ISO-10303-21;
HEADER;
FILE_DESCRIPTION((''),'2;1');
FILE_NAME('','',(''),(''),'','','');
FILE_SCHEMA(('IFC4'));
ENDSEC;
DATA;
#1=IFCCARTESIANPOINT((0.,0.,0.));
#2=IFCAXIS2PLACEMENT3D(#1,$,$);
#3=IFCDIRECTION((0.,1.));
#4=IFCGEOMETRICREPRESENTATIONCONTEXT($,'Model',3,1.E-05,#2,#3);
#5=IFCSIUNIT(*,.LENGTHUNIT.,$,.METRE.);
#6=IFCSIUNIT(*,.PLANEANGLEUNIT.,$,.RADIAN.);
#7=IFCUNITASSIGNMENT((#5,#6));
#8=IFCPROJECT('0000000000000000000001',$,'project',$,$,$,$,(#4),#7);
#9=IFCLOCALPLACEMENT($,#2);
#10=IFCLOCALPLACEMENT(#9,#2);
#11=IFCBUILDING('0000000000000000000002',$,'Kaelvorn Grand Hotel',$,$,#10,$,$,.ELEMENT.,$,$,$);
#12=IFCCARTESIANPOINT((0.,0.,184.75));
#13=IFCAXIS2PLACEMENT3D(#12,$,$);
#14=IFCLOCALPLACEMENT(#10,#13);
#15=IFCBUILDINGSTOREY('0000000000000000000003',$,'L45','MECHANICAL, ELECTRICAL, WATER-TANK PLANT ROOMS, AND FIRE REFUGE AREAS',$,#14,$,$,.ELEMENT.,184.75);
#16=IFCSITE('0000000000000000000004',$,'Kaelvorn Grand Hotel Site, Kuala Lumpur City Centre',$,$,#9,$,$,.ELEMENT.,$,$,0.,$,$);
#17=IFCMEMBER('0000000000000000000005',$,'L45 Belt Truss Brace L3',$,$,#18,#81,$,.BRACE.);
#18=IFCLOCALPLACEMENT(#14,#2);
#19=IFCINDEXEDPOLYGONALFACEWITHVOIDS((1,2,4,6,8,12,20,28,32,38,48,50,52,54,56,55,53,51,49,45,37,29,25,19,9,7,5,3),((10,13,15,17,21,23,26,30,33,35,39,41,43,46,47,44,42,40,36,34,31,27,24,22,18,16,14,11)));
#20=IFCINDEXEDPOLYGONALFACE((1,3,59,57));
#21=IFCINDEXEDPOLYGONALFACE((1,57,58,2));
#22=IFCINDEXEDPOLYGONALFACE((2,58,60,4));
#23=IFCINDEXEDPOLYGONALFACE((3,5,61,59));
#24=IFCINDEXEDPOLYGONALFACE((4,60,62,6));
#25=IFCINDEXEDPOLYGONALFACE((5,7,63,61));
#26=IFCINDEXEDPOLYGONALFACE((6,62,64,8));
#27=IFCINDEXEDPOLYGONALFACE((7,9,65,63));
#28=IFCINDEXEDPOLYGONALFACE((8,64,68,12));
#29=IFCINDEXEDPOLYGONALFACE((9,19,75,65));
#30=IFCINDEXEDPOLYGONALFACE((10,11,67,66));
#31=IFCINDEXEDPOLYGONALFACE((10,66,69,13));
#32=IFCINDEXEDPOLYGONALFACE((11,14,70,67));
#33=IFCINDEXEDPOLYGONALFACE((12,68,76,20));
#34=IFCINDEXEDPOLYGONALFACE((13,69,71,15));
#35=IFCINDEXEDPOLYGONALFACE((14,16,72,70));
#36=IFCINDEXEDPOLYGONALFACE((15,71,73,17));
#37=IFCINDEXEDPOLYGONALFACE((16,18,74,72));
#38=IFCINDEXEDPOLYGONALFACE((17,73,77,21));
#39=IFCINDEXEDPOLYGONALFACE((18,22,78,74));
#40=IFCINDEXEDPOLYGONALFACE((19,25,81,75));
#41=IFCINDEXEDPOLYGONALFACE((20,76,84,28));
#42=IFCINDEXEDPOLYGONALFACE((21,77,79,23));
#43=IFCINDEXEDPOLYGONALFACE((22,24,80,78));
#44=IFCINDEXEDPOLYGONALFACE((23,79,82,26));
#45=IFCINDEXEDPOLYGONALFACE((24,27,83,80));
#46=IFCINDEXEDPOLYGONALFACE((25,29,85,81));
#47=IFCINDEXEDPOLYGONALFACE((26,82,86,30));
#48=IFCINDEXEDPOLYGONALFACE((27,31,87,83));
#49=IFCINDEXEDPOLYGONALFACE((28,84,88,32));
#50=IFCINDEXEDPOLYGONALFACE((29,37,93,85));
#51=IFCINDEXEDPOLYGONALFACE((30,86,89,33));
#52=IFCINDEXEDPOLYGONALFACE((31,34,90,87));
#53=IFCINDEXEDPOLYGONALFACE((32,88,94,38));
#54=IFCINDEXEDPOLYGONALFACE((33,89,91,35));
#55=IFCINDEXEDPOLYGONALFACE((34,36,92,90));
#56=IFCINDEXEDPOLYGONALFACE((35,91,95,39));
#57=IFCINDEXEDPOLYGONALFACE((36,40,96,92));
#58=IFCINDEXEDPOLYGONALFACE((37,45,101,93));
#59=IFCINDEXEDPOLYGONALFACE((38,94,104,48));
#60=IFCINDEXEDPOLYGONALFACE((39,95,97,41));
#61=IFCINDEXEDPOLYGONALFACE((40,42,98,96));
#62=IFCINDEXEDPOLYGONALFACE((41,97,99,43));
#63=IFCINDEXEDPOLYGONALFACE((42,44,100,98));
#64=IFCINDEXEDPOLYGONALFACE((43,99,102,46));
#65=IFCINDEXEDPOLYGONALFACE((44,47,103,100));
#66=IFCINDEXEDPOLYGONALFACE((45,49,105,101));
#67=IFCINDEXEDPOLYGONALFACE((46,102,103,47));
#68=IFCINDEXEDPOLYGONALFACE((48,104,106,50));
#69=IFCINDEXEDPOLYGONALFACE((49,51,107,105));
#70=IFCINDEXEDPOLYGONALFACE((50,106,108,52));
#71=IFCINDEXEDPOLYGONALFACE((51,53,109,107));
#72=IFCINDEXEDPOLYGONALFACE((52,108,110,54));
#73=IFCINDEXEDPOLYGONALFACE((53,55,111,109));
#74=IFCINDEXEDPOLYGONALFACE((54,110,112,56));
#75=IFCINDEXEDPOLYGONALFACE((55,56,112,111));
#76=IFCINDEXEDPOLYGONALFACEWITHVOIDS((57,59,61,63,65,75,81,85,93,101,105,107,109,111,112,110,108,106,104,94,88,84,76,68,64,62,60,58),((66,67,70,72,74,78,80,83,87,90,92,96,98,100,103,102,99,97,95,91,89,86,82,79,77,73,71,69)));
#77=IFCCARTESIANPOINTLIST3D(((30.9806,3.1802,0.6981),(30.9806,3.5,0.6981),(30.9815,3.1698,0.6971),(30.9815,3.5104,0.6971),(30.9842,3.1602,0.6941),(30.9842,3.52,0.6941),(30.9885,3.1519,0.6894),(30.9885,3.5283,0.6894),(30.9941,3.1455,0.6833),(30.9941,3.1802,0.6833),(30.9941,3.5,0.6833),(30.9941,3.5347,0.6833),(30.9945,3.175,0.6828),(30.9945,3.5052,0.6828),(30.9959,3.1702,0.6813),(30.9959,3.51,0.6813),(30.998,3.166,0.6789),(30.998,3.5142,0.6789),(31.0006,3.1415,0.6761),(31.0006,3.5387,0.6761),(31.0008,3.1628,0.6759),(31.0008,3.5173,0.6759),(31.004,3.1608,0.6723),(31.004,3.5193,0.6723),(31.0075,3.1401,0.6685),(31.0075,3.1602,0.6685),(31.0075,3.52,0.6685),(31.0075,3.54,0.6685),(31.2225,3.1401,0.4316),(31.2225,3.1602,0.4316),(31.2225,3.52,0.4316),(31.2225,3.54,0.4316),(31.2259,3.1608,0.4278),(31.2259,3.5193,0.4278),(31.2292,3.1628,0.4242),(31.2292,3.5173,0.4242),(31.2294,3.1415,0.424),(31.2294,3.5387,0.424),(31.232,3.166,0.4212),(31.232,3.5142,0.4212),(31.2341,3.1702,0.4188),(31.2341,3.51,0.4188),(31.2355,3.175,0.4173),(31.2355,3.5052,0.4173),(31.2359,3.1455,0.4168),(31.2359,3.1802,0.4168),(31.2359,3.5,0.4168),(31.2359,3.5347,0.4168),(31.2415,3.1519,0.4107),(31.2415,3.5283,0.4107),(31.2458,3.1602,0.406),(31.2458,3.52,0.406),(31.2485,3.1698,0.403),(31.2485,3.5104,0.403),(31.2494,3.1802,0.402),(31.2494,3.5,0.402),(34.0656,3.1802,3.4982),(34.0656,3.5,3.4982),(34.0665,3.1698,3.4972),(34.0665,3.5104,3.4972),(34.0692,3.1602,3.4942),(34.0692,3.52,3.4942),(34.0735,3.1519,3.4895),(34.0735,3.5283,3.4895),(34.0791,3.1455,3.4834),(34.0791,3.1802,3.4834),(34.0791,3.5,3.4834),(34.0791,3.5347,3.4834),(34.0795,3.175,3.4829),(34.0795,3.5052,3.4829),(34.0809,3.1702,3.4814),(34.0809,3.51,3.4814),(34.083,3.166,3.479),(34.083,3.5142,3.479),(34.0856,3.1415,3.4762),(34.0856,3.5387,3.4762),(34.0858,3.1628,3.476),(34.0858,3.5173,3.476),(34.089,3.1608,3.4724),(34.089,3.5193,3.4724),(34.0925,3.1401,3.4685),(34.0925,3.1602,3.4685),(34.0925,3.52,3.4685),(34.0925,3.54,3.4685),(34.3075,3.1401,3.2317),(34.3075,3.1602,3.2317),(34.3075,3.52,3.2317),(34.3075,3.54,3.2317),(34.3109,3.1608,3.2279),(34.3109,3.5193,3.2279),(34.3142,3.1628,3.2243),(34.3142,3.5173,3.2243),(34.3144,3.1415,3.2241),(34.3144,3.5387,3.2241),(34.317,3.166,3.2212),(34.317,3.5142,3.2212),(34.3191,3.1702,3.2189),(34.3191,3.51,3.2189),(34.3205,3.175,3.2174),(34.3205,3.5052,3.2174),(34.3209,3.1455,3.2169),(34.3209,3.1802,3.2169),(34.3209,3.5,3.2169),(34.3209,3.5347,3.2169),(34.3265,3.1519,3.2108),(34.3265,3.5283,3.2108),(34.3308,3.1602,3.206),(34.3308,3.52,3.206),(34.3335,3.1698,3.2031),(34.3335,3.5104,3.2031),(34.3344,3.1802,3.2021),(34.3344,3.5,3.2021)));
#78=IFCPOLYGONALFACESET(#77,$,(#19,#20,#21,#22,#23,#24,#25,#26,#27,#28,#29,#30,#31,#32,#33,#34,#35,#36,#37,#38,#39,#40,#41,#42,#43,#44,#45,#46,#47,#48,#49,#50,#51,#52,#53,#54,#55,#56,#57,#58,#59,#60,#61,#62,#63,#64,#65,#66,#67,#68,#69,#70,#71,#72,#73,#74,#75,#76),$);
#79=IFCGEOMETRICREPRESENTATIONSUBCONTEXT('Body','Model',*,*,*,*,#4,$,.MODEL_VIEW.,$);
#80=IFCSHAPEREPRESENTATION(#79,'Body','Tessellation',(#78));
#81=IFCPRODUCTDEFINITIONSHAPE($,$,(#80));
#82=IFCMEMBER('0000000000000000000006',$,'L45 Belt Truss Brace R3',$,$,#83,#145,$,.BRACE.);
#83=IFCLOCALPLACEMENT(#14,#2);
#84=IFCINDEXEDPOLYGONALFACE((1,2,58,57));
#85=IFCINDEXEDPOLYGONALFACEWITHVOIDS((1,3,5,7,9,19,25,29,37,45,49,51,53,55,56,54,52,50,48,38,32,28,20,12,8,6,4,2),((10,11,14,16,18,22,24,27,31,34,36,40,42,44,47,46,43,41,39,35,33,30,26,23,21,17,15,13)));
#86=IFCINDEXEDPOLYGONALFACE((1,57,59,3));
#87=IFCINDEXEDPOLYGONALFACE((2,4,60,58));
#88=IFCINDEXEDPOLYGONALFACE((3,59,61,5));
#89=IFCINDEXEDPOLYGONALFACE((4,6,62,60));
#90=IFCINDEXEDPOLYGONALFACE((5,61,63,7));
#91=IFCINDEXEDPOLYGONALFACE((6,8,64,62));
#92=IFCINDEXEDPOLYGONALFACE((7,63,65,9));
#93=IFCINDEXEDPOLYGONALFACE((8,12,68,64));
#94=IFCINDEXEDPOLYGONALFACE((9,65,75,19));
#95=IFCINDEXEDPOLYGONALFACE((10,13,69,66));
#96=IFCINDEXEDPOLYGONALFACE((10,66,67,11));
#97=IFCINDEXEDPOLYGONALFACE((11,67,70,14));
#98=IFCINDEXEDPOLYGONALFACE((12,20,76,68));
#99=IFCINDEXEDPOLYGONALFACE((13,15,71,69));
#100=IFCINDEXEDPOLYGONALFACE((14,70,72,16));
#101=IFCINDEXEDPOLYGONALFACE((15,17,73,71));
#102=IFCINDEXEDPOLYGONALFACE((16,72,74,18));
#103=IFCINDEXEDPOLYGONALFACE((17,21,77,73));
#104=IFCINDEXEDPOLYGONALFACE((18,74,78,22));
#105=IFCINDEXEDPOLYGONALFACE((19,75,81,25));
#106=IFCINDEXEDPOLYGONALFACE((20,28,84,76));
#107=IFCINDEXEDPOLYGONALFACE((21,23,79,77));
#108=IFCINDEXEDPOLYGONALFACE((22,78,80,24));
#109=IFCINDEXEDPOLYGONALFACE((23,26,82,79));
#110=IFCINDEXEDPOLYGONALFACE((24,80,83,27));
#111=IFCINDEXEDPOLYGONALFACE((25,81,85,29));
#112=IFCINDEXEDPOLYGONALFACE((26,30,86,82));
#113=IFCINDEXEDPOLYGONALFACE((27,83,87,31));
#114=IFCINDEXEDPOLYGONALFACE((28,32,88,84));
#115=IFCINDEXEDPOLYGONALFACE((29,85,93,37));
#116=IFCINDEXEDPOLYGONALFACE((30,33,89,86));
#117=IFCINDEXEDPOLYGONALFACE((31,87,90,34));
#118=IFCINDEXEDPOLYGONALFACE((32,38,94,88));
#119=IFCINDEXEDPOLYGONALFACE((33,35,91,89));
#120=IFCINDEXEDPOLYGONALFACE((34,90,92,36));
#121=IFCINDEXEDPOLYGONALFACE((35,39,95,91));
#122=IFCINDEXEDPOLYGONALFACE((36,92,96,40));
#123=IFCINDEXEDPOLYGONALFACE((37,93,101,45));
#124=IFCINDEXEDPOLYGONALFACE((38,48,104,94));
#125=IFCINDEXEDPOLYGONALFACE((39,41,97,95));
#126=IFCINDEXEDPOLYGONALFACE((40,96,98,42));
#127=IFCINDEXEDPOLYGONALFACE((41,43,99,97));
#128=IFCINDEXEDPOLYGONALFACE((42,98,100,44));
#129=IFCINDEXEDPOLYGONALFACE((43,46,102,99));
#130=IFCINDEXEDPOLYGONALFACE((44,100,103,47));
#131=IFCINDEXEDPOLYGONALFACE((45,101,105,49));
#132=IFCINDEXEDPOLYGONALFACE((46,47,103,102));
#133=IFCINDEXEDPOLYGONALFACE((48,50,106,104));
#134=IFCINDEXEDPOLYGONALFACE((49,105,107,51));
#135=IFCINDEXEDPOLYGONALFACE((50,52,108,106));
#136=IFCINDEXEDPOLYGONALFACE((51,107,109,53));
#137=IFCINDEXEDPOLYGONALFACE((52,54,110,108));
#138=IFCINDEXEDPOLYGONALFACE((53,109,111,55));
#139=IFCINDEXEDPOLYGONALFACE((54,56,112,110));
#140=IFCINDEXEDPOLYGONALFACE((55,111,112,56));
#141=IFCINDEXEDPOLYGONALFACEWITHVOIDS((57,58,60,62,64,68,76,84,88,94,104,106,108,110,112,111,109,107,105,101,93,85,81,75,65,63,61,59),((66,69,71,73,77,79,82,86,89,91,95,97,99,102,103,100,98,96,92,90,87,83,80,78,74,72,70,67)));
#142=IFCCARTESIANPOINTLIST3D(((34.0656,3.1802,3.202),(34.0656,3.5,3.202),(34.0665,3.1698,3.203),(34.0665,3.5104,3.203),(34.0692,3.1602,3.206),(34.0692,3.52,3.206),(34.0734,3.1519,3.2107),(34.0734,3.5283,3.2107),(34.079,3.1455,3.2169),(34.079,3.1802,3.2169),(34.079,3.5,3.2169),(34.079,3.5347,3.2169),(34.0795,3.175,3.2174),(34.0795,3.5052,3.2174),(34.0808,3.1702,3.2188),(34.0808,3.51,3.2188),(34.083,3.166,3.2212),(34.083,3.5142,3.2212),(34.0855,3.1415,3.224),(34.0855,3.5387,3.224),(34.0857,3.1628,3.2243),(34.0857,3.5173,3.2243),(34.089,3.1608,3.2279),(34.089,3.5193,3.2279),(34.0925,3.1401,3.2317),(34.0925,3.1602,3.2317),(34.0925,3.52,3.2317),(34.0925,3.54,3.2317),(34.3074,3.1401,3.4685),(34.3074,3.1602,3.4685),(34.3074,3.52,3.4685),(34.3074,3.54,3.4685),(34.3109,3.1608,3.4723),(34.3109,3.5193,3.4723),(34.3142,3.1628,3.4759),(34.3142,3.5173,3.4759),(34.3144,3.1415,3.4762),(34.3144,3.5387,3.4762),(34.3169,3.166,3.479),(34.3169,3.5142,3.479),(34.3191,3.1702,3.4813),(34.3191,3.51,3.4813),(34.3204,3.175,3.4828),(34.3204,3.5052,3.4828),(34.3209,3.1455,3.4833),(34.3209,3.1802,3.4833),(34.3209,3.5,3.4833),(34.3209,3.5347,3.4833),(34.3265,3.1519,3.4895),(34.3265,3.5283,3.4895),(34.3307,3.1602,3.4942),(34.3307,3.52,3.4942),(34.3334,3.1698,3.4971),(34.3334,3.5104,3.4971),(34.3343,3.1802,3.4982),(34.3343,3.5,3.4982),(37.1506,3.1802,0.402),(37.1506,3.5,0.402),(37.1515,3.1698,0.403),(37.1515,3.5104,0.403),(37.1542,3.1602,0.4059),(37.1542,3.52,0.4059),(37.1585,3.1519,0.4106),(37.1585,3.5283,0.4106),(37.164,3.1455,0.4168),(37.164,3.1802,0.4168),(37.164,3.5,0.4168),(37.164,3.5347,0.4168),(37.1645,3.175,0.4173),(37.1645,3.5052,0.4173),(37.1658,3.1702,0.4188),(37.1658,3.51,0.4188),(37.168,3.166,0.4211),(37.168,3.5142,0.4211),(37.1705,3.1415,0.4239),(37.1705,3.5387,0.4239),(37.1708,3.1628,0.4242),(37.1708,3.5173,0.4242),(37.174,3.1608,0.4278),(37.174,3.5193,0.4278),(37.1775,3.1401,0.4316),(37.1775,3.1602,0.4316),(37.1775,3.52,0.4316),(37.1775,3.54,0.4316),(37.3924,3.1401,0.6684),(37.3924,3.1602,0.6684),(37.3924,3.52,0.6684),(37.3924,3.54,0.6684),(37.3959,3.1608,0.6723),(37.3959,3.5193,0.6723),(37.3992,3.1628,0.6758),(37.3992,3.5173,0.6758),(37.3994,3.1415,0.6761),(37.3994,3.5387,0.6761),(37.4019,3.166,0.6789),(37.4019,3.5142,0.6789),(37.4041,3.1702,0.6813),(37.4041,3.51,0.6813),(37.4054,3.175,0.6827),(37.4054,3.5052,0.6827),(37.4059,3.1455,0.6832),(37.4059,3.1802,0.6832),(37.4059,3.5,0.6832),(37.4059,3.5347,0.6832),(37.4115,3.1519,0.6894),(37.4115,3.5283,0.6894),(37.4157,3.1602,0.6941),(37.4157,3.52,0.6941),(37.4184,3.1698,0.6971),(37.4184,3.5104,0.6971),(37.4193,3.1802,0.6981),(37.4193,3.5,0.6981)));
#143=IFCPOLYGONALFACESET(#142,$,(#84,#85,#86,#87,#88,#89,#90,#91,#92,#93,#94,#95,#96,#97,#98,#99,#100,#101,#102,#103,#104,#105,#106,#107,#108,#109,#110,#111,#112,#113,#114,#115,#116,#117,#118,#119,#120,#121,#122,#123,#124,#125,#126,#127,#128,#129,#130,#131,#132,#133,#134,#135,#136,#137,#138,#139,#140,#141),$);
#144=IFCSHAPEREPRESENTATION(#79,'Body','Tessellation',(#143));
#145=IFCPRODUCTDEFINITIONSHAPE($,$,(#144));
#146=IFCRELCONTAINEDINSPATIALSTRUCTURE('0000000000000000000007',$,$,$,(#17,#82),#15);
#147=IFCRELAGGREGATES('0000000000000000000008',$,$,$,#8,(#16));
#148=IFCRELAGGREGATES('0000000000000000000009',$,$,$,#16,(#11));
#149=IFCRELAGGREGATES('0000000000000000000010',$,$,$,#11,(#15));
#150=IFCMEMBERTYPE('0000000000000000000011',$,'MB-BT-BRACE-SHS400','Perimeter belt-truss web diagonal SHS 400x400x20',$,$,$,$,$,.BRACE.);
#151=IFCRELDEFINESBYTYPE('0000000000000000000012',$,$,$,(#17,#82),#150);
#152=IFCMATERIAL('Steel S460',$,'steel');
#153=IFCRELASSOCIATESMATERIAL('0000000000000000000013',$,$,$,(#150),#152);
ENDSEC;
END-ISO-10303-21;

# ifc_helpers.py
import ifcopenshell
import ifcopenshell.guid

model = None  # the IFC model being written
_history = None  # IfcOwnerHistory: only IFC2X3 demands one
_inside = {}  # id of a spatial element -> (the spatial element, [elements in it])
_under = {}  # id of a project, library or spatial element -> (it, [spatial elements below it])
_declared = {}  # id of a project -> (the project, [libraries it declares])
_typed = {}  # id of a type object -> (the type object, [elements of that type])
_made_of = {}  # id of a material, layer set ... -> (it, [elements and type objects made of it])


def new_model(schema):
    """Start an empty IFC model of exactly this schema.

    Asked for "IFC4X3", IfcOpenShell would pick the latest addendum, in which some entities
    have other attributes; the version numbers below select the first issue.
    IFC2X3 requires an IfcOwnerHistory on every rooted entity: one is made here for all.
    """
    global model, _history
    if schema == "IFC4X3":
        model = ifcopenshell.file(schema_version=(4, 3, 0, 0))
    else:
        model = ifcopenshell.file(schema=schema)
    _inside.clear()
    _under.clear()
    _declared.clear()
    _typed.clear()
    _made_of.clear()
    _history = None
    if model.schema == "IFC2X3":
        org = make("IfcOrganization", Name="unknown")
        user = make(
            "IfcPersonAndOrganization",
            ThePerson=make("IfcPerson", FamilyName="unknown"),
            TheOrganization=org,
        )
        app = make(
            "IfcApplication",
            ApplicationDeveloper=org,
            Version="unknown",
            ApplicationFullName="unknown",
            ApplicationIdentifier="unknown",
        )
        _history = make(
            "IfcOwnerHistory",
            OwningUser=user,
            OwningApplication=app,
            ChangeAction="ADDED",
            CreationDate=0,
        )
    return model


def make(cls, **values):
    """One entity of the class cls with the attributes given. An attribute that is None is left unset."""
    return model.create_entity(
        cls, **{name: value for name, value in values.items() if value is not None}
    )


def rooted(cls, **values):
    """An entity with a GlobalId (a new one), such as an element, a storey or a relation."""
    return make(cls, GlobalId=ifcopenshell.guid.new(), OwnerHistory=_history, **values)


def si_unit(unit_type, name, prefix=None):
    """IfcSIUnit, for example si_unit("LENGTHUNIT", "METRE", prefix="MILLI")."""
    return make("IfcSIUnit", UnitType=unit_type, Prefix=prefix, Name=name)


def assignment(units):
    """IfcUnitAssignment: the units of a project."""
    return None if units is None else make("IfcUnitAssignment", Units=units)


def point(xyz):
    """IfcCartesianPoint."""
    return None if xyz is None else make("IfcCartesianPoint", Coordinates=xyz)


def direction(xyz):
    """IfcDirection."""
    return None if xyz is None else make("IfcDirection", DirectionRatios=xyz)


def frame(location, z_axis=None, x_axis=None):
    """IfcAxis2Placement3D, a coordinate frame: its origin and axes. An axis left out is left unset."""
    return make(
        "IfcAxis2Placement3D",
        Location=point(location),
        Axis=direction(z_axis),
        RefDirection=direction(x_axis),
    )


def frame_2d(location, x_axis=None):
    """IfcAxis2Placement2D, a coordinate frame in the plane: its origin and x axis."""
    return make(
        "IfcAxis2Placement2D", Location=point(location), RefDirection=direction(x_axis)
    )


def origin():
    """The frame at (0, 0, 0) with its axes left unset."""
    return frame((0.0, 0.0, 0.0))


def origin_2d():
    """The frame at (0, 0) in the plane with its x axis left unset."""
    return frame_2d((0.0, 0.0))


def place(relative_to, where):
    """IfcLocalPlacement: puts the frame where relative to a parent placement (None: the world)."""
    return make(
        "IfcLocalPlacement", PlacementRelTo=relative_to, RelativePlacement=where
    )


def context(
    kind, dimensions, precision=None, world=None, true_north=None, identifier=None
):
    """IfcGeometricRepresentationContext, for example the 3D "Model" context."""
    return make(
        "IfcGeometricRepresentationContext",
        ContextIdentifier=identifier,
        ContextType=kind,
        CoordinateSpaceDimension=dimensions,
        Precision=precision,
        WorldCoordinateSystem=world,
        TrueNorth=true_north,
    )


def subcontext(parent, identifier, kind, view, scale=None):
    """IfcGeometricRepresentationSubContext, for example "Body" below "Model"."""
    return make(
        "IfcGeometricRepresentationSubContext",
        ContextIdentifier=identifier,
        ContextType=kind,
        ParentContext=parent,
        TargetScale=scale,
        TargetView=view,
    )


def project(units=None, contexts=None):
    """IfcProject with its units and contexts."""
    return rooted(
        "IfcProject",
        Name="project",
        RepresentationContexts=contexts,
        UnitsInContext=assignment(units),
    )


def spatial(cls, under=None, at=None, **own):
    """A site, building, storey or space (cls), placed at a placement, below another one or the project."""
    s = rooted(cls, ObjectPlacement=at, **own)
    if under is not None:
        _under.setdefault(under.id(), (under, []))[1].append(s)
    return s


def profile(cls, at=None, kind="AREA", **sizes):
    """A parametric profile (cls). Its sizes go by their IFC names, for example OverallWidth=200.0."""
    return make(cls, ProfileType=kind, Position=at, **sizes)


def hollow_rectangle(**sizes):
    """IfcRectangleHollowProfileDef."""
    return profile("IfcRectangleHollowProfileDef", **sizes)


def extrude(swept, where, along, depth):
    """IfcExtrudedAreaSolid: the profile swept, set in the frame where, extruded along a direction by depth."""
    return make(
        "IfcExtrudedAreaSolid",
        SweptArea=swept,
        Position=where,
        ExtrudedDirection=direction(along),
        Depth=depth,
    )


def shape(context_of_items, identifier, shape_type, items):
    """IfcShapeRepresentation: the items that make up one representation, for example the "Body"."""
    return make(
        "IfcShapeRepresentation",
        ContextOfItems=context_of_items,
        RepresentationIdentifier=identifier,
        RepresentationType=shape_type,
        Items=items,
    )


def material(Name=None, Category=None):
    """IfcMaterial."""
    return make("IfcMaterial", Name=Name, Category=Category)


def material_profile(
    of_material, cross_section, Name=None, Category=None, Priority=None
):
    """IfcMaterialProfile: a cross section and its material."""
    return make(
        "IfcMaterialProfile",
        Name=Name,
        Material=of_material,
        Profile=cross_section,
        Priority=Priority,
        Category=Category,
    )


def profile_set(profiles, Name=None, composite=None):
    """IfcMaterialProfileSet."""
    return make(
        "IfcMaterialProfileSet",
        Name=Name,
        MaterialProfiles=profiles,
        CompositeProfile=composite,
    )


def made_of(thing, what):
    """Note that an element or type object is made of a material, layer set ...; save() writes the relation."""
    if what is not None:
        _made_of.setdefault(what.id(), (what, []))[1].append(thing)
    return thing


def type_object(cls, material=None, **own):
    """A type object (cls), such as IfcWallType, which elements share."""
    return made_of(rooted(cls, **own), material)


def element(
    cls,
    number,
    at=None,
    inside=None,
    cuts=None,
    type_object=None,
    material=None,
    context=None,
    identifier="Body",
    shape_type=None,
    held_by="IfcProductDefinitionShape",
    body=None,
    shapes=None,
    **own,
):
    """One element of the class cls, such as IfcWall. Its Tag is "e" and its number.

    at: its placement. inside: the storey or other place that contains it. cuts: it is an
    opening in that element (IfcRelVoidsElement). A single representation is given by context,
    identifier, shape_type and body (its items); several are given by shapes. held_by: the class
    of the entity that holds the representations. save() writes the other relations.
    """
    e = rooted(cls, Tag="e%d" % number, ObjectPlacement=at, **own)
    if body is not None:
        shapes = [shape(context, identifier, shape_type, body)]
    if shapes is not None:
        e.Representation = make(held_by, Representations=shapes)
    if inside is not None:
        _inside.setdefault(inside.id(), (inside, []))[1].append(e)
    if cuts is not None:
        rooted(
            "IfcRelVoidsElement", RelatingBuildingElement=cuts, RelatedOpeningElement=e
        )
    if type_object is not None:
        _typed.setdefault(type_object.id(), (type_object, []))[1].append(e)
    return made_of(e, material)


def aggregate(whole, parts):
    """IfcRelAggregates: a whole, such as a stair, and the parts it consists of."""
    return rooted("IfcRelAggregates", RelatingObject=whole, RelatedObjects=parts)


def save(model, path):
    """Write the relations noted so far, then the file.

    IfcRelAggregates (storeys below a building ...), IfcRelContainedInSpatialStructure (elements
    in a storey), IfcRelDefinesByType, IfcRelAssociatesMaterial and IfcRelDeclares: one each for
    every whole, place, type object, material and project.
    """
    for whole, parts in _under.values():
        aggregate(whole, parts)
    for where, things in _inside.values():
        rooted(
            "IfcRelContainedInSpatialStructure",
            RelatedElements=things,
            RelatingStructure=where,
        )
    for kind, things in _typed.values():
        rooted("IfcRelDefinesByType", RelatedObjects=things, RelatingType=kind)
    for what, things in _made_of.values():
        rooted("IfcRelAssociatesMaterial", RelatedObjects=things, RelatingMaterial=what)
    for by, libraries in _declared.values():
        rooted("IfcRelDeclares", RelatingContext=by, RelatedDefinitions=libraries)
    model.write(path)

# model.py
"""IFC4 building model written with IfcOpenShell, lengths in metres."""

from ifc_helpers import new_model, si_unit, direction, frame, origin, origin_2d, place, context, subcontext, project, spatial, hollow_rectangle, extrude, material, material_profile, profile_set, type_object, element, save


model = new_model("IFC4")

# Units and contexts
model_context = context("Model", 3, precision=1e-05, world=origin(), true_north=direction((0.0, 1.0)))
body_context = subcontext(model_context, "Body", "Model", "MODEL_VIEW")
ifc_project = project(units=[si_unit("LENGTHUNIT", "METRE"), si_unit("PLANEANGLEUNIT", "RADIAN")], contexts=[model_context])

# Site, building, storey
site_placement = place(None, origin())
site = spatial("IfcSite", under=ifc_project, at=site_placement, Name="Kaelvorn Grand Hotel Site, Kuala Lumpur City Centre", CompositionType="ELEMENT", RefElevation=0.0)
building_placement = place(site_placement, origin())
building = spatial("IfcBuilding", under=site, at=building_placement, Name="Kaelvorn Grand Hotel", CompositionType="ELEMENT")
storey_placement = place(building_placement, frame((0.0, 0.0, 184.75)))
storey = spatial("IfcBuildingStorey", under=building, at=storey_placement, Name="L45", Description="MECHANICAL, ELECTRICAL, WATER-TANK PLANT ROOMS, AND FIRE REFUGE AREAS", CompositionType="ELEMENT", Elevation=184.75)

# Members
ifc_material_1 = material(Name="Steel S460", Category="steel")
ifc_material_profile_1 = material_profile(ifc_material_1, hollow_rectangle(XDim=0.3999, YDim=0.3999, WallThickness=0.02, InnerFilletRadius=0.02, OuterFilletRadius=0.04, at=origin_2d()), Name="SHS 400x400x20.0")
ifc_profile_set_1 = profile_set([ifc_material_profile_1], Name="Steel S460")
member_type_1 = type_object("IfcMemberType", Name="MB-BT-BRACE-SHS400", Description="Perimeter belt-truss web diagonal SHS 400x400x20", PredefinedType="BRACE", material=ifc_profile_set_1)
for number, where, z_axis, x_axis, name in (
    (1, (31.115, 3.3401, 0.55), (0.740473, 0.0, 0.672086), (0.0, 1.0, 0.0), "L45 Belt Truss Brace L3"),
    (2, (34.2, 3.3401, 3.3501), (0.740473, 0.0, -0.672086), (0.0, 1.0, 0.0), "L45 Belt Truss Brace R3"),
):
    element("IfcMember", number, at=place(storey_placement, frame(where, z_axis=z_axis, x_axis=x_axis)), inside=storey, type_object=member_type_1, Name=name, PredefinedType="BRACE", context=body_context, shape_type="SweptSolid", body=[
        extrude(hollow_rectangle(XDim=0.3999, YDim=0.3999, WallThickness=0.02, InnerFilletRadius=0.02, OuterFilletRadius=0.04, at=origin_2d()), origin(), (0.0, 0.0, 1.0), 4.1663),
    ])

save(model, "model.ifc")
